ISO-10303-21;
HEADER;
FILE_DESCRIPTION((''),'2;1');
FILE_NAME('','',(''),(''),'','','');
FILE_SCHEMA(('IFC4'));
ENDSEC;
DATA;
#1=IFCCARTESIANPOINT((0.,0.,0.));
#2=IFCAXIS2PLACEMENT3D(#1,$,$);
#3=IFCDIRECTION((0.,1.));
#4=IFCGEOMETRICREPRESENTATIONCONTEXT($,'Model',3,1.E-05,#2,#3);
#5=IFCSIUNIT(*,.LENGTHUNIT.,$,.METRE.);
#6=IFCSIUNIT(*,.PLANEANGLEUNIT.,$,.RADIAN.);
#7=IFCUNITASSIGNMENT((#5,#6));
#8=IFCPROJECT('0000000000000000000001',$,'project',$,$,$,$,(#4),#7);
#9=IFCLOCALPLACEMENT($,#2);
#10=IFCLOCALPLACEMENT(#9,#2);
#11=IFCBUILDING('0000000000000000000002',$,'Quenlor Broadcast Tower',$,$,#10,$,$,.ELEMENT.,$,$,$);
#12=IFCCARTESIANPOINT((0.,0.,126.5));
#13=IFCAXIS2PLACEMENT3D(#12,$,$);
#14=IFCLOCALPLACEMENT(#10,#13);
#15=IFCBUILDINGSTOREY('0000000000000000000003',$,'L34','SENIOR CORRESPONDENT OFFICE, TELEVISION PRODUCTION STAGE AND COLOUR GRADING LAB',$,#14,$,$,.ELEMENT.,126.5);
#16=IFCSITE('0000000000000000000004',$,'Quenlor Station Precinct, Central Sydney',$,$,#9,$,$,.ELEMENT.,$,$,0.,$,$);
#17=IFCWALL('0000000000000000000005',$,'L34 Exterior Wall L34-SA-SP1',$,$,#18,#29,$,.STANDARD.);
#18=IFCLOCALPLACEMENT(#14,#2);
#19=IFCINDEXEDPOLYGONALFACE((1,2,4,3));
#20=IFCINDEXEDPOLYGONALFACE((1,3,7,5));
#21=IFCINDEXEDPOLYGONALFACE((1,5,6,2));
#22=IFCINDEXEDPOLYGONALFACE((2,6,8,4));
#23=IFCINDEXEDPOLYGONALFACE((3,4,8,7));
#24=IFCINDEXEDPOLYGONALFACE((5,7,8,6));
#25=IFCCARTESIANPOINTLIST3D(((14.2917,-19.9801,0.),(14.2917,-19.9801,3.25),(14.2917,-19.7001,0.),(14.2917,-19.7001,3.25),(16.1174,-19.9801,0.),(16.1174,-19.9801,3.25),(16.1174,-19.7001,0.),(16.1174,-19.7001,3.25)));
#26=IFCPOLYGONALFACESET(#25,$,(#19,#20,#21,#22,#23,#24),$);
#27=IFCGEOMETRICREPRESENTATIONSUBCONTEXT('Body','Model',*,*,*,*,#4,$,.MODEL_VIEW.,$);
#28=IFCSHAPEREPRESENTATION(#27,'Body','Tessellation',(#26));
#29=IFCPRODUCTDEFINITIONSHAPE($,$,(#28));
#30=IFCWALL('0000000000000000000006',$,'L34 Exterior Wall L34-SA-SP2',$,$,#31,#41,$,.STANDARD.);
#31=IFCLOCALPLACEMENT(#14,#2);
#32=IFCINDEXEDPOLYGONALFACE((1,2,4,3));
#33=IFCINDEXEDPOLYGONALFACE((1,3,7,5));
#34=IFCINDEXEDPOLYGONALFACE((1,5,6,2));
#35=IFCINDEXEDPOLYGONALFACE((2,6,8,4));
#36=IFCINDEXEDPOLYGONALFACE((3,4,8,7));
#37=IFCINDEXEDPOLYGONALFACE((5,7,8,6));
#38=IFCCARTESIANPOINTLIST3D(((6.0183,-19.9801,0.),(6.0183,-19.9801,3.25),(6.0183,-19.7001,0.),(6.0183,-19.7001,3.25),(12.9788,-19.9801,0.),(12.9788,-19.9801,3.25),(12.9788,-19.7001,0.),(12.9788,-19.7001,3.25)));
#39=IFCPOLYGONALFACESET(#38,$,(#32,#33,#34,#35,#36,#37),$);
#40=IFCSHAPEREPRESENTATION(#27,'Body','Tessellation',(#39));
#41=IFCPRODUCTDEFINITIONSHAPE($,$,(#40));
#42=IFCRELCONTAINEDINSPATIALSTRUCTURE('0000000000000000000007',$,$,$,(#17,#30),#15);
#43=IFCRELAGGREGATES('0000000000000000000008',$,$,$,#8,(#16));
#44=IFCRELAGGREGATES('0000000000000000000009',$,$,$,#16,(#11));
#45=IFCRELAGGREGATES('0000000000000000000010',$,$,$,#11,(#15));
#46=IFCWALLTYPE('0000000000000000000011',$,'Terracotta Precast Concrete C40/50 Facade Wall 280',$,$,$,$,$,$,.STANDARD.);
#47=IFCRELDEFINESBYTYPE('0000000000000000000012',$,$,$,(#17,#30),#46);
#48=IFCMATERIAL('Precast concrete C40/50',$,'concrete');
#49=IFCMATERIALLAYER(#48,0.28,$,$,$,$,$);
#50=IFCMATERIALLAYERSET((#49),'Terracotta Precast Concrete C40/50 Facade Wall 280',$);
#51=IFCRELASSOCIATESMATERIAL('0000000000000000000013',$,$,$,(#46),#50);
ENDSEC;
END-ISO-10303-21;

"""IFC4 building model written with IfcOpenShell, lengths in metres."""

from ifc_helpers import new_model, si_unit, direction, frame, frame_2d, origin, place, context, subcontext, project, spatial, rectangle, extrude, material, layer, layer_set, type_object, element, save


model = new_model("IFC4")

# Units and contexts
model_context = context("Model", 3, precision=1e-05, world=origin(), true_north=direction((0.0, 1.0)))
body_context = subcontext(model_context, "Body", "Model", "MODEL_VIEW")
ifc_project = project(units=[si_unit("LENGTHUNIT", "METRE"), si_unit("PLANEANGLEUNIT", "RADIAN")], contexts=[model_context])

# Site, building, storey
site_placement = place(None, origin())
site = spatial("IfcSite", under=ifc_project, at=site_placement, Name="Quenlor Station Precinct, Central Sydney", CompositionType="ELEMENT", RefElevation=0.0)
building_placement = place(site_placement, origin())
building = spatial("IfcBuilding", under=site, at=building_placement, Name="Quenlor Broadcast Tower", CompositionType="ELEMENT")
storey_placement = place(building_placement, frame((0.0, 0.0, 126.5)))
storey = spatial("IfcBuildingStorey", under=building, at=storey_placement, Name="L34", Description="SENIOR CORRESPONDENT OFFICE, TELEVISION PRODUCTION STAGE AND COLOUR GRADING LAB", CompositionType="ELEMENT", Elevation=126.5)

# Walls
ifc_material_1 = material(Name="Precast concrete C40/50", Category="concrete")
ifc_layer_1 = layer(ifc_material_1, 0.28)
ifc_layer_set_1 = layer_set([ifc_layer_1], Name="Terracotta Precast Concrete C40/50 Facade Wall 280")
wall_type_1 = type_object("IfcWallType", Name="Terracotta Precast Concrete C40/50 Facade Wall 280", PredefinedType="STANDARD", material=ifc_layer_set_1)
wall_1_placement = place(storey_placement, frame((16.1174, -19.8401, 0.0), z_axis=(0.0, 0.0, 1.0), x_axis=(-1.0, 0.0, 0.0)))
element("IfcWall", 1, at=wall_1_placement, inside=storey, type_object=wall_type_1, Name="L34 Exterior Wall L34-SA-SP1", PredefinedType="STANDARD", context=body_context, shape_type="SweptSolid", body=[
    extrude(rectangle(XDim=1.8257, YDim=0.28, at=frame_2d((0.9128, 0.0))), origin(), (0.0, 0.0, 1.0), 3.25),
])
wall_2_placement = place(storey_placement, frame((12.9788, -19.8401, 0.0), z_axis=(0.0, 0.0, 1.0), x_axis=(-1.0, 0.0, 0.0)))
element("IfcWall", 2, at=wall_2_placement, inside=storey, type_object=wall_type_1, Name="L34 Exterior Wall L34-SA-SP2", PredefinedType="STANDARD", context=body_context, shape_type="SweptSolid", body=[
    extrude(rectangle(XDim=6.9604, YDim=0.28, at=frame_2d((3.4802, 0.0))), origin(), (0.0, 0.0, 1.0), 3.25),
])

save(model, "model.ifc")
